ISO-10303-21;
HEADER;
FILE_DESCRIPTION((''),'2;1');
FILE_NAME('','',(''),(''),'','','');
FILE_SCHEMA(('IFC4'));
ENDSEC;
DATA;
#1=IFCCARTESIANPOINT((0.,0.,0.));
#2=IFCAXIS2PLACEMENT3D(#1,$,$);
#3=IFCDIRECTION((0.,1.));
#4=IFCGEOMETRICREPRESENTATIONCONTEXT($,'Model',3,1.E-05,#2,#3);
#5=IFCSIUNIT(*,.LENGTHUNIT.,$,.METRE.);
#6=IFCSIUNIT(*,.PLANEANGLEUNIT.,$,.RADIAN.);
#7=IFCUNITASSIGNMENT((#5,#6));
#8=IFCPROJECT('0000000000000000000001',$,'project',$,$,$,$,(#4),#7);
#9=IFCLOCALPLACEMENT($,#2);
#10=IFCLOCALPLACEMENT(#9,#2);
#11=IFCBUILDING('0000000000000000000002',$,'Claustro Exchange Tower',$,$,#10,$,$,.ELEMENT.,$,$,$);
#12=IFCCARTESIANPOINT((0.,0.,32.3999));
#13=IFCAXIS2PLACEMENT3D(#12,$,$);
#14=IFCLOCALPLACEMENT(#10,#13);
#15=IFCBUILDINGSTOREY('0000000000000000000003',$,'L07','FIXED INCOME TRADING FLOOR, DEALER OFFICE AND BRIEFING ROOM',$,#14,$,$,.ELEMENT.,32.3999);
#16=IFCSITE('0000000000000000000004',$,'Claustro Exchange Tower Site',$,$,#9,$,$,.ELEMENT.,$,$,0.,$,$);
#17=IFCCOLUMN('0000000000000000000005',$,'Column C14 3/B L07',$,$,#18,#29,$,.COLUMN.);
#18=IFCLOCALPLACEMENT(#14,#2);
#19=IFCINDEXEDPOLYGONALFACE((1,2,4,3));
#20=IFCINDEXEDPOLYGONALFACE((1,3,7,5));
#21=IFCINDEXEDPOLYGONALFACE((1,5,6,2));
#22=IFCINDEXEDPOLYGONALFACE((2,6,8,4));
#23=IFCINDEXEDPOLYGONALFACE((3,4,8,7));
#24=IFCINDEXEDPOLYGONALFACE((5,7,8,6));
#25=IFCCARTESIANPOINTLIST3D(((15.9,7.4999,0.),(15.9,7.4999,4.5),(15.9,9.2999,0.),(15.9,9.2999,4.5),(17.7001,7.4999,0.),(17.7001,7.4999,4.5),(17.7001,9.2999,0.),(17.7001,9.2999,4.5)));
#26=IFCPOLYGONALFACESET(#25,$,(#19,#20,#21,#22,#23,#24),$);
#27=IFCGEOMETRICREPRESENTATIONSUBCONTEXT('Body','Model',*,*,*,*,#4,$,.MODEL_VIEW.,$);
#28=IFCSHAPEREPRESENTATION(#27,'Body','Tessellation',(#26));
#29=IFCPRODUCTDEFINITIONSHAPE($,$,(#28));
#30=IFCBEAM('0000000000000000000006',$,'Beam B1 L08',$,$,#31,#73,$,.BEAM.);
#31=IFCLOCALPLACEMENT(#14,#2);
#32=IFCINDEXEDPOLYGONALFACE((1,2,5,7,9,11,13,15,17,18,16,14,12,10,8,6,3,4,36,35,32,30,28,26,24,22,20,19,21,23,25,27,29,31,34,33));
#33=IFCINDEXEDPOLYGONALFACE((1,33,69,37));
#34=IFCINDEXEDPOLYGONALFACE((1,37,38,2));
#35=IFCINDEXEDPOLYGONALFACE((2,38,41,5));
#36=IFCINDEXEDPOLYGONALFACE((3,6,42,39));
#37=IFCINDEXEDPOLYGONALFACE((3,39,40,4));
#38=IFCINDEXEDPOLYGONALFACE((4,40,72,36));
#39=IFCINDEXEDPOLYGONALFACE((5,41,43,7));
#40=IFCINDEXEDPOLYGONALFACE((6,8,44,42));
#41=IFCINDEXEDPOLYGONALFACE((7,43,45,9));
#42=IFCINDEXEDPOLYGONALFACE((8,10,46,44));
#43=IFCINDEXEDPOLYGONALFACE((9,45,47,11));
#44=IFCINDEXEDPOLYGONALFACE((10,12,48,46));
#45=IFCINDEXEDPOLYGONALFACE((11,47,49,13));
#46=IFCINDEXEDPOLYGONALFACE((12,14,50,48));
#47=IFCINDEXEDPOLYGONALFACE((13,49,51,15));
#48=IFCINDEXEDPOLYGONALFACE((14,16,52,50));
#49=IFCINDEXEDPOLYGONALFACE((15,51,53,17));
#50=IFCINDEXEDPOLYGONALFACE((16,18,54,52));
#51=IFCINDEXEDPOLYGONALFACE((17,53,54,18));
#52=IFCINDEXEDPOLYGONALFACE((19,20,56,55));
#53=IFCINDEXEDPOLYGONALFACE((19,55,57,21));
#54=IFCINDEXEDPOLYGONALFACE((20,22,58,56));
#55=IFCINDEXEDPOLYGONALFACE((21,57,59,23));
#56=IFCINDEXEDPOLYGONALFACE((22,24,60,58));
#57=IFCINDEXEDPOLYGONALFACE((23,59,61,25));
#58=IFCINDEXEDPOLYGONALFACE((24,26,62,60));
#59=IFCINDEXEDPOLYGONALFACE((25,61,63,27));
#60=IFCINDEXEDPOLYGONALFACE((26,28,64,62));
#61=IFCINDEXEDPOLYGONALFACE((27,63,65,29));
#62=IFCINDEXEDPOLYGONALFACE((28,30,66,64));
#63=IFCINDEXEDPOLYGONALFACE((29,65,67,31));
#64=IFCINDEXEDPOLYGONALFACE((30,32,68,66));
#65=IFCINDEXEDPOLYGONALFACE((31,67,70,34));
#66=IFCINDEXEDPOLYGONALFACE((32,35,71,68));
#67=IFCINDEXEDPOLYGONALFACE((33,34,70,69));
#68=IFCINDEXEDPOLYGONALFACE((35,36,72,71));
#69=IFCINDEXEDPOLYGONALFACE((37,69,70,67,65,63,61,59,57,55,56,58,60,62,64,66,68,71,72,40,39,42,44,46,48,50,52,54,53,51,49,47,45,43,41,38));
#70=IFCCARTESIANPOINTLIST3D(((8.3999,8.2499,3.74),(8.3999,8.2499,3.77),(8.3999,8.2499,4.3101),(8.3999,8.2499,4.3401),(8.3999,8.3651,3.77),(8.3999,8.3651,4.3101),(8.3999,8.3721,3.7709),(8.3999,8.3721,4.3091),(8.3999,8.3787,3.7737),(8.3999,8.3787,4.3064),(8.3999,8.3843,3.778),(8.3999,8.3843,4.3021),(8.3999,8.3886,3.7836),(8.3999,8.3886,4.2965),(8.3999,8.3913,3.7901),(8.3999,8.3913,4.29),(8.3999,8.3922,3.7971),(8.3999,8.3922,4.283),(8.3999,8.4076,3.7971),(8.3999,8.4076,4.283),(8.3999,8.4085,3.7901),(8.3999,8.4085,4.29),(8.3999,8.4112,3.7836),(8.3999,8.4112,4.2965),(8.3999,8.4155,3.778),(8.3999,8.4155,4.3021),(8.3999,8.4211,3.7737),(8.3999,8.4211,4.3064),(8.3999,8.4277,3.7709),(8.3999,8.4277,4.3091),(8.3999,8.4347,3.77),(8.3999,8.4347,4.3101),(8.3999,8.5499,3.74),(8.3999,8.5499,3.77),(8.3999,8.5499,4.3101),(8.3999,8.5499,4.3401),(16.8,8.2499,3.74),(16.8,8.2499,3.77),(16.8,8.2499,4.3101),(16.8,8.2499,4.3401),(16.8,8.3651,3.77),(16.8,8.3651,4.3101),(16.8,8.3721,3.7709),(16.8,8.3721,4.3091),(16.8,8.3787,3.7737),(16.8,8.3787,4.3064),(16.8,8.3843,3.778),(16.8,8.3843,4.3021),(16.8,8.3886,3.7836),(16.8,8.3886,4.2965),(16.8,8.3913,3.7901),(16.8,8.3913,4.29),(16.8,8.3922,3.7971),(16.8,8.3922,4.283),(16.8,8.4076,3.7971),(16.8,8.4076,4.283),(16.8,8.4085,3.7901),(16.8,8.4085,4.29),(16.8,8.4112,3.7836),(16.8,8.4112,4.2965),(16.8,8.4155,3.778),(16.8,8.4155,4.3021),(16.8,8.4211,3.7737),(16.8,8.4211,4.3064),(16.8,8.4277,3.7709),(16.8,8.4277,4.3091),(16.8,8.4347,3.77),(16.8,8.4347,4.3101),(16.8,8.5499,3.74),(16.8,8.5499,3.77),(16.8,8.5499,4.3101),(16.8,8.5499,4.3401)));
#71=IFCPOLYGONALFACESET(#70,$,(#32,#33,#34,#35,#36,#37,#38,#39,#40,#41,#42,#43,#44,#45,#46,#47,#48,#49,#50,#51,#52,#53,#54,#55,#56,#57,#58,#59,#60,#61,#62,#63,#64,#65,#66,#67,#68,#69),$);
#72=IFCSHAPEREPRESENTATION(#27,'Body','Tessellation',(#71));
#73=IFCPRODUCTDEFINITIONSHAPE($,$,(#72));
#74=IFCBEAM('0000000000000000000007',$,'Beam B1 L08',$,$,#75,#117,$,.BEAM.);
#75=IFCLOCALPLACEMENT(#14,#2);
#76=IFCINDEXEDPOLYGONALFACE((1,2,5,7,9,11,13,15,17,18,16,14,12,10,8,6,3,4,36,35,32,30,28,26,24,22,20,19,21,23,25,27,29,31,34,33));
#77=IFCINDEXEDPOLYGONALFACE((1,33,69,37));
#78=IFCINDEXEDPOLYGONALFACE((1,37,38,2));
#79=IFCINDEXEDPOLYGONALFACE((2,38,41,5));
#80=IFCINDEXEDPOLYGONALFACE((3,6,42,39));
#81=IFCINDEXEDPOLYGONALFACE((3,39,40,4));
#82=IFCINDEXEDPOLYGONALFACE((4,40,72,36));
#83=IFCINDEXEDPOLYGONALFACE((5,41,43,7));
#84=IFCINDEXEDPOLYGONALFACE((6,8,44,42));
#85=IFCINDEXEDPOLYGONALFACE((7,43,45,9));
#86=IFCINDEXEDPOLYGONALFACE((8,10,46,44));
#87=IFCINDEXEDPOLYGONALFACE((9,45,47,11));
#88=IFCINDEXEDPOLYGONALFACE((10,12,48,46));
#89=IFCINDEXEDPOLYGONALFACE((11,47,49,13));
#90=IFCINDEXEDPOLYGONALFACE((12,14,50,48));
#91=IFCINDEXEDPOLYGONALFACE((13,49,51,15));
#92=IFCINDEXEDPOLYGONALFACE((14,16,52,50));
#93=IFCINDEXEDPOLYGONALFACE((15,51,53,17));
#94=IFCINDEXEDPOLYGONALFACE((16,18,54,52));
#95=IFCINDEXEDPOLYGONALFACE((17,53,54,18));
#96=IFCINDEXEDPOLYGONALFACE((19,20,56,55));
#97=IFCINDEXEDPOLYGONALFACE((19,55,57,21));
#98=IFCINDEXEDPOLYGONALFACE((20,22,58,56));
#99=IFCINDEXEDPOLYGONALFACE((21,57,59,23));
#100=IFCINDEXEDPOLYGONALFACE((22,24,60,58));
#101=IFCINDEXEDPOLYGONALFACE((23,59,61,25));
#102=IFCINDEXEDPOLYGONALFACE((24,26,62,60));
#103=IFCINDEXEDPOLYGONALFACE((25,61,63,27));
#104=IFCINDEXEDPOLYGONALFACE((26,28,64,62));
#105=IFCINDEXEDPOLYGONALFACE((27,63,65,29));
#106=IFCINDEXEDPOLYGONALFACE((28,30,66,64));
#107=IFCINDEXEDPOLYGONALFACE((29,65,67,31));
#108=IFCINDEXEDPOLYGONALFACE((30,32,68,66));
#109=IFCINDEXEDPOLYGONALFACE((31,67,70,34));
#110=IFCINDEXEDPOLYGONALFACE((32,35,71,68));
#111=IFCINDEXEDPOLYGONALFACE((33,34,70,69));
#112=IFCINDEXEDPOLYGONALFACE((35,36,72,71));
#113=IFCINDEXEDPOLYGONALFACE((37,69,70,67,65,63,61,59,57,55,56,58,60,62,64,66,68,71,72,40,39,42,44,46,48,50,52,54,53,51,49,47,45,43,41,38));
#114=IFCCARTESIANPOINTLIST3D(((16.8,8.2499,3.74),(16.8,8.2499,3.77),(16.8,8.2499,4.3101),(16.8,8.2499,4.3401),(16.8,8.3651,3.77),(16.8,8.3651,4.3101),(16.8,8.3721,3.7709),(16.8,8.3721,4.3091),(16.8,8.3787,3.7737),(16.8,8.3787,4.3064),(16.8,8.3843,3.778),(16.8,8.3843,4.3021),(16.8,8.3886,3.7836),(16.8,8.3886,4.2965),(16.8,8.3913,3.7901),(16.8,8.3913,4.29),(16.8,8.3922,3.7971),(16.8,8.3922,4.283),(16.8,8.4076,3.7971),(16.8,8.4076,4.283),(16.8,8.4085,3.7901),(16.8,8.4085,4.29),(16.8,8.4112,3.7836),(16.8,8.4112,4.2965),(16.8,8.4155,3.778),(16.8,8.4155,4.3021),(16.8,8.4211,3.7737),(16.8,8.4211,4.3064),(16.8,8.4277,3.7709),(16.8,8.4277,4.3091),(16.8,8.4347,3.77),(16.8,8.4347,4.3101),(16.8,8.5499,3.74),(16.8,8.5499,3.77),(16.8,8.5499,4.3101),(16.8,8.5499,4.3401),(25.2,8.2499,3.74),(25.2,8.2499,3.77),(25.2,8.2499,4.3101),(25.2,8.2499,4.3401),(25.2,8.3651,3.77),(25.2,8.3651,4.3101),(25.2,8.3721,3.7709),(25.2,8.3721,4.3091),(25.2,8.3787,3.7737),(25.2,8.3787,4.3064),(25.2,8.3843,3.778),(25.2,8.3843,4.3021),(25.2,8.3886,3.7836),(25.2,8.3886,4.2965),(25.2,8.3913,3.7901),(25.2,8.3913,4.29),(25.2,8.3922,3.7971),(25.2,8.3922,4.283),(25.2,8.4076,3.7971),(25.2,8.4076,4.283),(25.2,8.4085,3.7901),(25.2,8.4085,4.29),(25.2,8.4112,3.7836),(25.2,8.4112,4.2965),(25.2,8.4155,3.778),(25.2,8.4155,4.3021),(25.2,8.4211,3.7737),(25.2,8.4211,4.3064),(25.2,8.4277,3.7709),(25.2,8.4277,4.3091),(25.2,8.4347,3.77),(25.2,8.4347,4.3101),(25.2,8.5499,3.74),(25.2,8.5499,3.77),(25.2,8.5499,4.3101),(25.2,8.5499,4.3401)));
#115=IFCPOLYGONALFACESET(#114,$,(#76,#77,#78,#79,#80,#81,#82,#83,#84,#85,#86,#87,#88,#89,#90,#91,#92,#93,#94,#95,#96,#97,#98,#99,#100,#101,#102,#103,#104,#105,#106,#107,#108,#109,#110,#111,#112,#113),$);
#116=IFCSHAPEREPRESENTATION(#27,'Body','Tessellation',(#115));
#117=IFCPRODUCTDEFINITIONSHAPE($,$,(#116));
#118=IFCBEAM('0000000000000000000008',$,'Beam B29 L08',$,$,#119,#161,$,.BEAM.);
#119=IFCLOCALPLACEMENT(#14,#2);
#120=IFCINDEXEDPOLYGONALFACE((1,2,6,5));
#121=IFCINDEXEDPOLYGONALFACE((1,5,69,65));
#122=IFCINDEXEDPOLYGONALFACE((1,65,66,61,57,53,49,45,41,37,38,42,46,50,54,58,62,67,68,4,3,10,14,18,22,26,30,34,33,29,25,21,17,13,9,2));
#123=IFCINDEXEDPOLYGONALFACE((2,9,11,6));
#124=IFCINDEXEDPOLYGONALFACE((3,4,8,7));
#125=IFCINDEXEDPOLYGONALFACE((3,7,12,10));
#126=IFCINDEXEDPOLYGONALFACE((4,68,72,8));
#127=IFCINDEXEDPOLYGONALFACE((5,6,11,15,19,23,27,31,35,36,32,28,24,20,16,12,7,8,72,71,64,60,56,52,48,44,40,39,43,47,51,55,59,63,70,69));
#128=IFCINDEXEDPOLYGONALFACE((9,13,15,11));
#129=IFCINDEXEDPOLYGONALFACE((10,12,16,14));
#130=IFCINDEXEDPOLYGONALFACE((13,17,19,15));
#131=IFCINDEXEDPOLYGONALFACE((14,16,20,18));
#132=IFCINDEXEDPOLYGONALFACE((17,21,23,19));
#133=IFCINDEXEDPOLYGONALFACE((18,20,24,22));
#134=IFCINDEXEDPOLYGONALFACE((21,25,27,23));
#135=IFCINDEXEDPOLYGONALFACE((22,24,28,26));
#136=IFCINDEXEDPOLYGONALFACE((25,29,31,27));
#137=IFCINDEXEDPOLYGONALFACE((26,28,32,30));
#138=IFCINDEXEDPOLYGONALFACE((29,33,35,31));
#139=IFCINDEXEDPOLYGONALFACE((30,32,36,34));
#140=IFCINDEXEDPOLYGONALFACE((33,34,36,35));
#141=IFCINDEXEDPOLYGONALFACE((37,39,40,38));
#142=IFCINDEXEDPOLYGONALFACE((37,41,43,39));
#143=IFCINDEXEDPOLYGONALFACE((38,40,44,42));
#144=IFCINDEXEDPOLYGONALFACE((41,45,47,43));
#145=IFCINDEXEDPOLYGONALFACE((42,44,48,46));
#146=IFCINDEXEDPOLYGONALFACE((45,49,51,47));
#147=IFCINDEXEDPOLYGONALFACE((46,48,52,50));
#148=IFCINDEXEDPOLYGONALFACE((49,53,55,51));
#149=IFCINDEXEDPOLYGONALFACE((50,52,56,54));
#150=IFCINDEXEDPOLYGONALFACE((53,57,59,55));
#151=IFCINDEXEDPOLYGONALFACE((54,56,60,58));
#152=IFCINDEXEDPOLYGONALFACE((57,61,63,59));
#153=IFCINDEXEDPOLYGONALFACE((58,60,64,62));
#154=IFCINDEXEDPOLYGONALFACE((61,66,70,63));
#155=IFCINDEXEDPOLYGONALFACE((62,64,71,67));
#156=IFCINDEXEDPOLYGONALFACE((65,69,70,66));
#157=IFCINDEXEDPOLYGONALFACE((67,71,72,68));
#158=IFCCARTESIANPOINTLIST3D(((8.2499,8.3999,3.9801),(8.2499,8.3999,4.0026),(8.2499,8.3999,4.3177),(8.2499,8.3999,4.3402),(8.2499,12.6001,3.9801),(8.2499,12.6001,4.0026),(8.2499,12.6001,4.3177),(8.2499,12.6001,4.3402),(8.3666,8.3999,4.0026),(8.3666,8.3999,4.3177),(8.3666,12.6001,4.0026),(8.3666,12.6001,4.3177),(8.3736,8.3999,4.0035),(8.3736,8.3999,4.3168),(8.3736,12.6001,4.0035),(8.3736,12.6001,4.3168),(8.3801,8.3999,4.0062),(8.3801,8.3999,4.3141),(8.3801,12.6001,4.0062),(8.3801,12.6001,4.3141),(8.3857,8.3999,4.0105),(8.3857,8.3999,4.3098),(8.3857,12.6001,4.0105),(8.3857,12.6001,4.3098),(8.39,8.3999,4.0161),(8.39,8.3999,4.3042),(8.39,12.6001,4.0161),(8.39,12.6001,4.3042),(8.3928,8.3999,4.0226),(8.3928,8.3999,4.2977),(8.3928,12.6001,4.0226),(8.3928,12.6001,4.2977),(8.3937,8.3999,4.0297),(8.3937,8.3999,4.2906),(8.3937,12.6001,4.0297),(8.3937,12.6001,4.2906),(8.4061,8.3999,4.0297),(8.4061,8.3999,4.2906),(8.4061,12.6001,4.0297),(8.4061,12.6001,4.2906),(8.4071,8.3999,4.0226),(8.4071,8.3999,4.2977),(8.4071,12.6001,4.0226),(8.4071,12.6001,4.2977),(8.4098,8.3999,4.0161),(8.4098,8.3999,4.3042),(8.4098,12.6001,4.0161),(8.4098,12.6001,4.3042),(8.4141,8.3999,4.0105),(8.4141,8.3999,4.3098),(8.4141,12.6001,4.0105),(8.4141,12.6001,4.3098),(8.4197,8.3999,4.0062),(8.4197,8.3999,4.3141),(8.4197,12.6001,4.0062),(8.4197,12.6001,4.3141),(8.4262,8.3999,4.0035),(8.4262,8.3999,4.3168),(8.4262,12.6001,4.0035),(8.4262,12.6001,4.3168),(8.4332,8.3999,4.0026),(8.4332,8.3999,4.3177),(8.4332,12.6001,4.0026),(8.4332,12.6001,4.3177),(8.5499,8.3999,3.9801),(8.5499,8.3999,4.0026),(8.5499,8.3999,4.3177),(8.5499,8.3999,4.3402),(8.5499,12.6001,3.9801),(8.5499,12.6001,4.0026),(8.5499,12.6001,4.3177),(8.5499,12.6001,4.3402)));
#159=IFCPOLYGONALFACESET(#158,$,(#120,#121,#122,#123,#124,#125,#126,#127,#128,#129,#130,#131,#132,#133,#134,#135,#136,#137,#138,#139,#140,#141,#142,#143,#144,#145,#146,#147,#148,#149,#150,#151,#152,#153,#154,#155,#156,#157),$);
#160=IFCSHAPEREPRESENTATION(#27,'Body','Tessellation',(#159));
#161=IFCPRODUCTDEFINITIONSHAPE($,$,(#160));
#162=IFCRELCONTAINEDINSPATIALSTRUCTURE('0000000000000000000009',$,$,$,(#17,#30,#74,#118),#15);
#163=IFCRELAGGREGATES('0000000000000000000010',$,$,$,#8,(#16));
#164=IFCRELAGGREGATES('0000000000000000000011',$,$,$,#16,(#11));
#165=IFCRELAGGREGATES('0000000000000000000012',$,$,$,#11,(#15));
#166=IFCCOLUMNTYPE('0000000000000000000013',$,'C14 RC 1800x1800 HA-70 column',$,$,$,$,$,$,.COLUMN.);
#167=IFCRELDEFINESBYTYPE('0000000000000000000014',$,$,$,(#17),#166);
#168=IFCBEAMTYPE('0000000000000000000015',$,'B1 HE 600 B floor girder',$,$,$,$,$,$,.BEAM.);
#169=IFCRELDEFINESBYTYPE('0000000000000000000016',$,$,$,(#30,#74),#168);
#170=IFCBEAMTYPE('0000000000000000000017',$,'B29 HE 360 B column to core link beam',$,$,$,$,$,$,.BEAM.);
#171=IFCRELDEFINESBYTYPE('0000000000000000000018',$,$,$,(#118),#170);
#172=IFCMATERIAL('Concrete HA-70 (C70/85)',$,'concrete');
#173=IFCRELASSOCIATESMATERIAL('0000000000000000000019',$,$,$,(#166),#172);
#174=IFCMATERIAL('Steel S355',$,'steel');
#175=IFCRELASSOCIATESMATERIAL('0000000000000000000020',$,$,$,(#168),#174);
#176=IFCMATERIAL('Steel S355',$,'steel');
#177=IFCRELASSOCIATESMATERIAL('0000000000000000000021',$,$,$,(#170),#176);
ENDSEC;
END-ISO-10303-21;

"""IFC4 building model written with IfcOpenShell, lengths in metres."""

from ifc_helpers import new_model, si_unit, direction, frame, origin, origin_2d, place, context, subcontext, project, spatial, rectangle, i_section, extrude, material, material_profile, profile_set, type_object, element, save


model = new_model("IFC4")

# Units and contexts
model_context = context("Model", 3, precision=1e-05, world=origin(), true_north=direction((0.0, 1.0)))
body_context = subcontext(model_context, "Body", "Model", "MODEL_VIEW")
ifc_project = project(units=[si_unit("LENGTHUNIT", "METRE"), si_unit("PLANEANGLEUNIT", "RADIAN")], contexts=[model_context])

# Site, building, storey
site_placement = place(None, origin())
site = spatial("IfcSite", under=ifc_project, at=site_placement, Name="Claustro Exchange Tower Site", CompositionType="ELEMENT", RefElevation=0.0)
building_placement = place(site_placement, origin())
building = spatial("IfcBuilding", under=site, at=building_placement, Name="Claustro Exchange Tower", CompositionType="ELEMENT")
storey_placement = place(building_placement, frame((0.0, 0.0, 32.3999)))
storey = spatial("IfcBuildingStorey", under=building, at=storey_placement, Name="L07", Description="FIXED INCOME TRADING FLOOR, DEALER OFFICE AND BRIEFING ROOM", CompositionType="ELEMENT", Elevation=32.3999)

# Column
ifc_material_1 = material(Name="Concrete HA-70 (C70/85)", Category="concrete")
ifc_material_profile_1 = material_profile(ifc_material_1, rectangle(XDim=1.8, YDim=1.8, at=origin_2d()), Name="RC 1800x1800")
ifc_profile_set_1 = profile_set([ifc_material_profile_1], Name="Concrete HA-70 (C70/85)")
column_type = type_object("IfcColumnType", Name="C14 RC 1800x1800 HA-70 column", PredefinedType="COLUMN", material=ifc_profile_set_1)
column_placement = place(storey_placement, frame((16.8, 8.3999, 0.0), z_axis=(0.0, 0.0, 1.0), x_axis=(1.0, 0.0, 0.0)))
element("IfcColumn", 1, at=column_placement, inside=storey, type_object=column_type, Name="Column C14 3/B L07", PredefinedType="COLUMN", context=body_context, shape_type="SweptSolid", body=[
    extrude(rectangle(XDim=1.8, YDim=1.8, at=origin_2d()), origin(), (0.0, 0.0, 1.0), 4.5),
])

# Beams
ifc_material_2 = material(Name="Steel S355", Category="steel")
ifc_material_profile_2 = material_profile(ifc_material_2, i_section(OverallWidth=0.3, OverallDepth=0.6001, WebThickness=0.0154, FlangeThickness=0.03, FilletRadius=0.0271, at=origin_2d()), Name="HE 600 B")
ifc_profile_set_2 = profile_set([ifc_material_profile_2], Name="Steel S355")
beam_type_1 = type_object("IfcBeamType", Name="B1 HE 600 B floor girder", PredefinedType="BEAM", material=ifc_profile_set_2)
beam_1_placement = place(storey_placement, frame((8.3999, 8.3999, 4.04), z_axis=(1.0, 0.0, 0.0), x_axis=(0.0, 1.0, 0.0)))
element("IfcBeam", 2, at=beam_1_placement, inside=storey, type_object=beam_type_1, Name="Beam B1 L08", PredefinedType="BEAM", context=body_context, shape_type="SweptSolid", body=[
    extrude(i_section(OverallWidth=0.3, OverallDepth=0.6001, WebThickness=0.0154, FlangeThickness=0.03, FilletRadius=0.0271, at=origin_2d()), origin(), (0.0, 0.0, 1.0), 8.4001),
])
beam_2_placement = place(storey_placement, frame((16.8, 8.3999, 4.04), z_axis=(1.0, 0.0, 0.0), x_axis=(0.0, 1.0, 0.0)))
element("IfcBeam", 3, at=beam_2_placement, inside=storey, type_object=beam_type_1, Name="Beam B1 L08", PredefinedType="BEAM", context=body_context, shape_type="SweptSolid", body=[
    extrude(i_section(OverallWidth=0.3, OverallDepth=0.6001, WebThickness=0.0154, FlangeThickness=0.03, FilletRadius=0.0271, at=origin_2d()), origin(), (0.0, 0.0, 1.0), 8.3999),
])
ifc_material_3 = material(Name="Steel S355", Category="steel")
ifc_material_profile_3 = material_profile(ifc_material_3, i_section(OverallWidth=0.3, OverallDepth=0.3601, WebThickness=0.0125, FlangeThickness=0.0225, FilletRadius=0.0271, at=origin_2d()), Name="HE 360 B")
ifc_profile_set_3 = profile_set([ifc_material_profile_3], Name="Steel S355")
beam_type_2 = type_object("IfcBeamType", Name="B29 HE 360 B column to core link beam", PredefinedType="BEAM", material=ifc_profile_set_3)
for number, where, z_axis, x_axis, name in (
    (4, (8.3999, 8.3999, 4.1602), (0.0, 1.0, 0.0), (-1.0, 0.0, 0.0), "Beam B29 L08"),
):
    element("IfcBeam", number, at=place(storey_placement, frame(where, z_axis=z_axis, x_axis=x_axis)), inside=storey, type_object=beam_type_2, Name=name, PredefinedType="BEAM", context=body_context, shape_type="SweptSolid", body=[
        extrude(i_section(OverallWidth=0.3, OverallDepth=0.3601, WebThickness=0.0125, FlangeThickness=0.0225, FilletRadius=0.0271, at=origin_2d()), origin(), (0.0, 0.0, 1.0), 4.2002),
    ])

save(model, "model.ifc")
